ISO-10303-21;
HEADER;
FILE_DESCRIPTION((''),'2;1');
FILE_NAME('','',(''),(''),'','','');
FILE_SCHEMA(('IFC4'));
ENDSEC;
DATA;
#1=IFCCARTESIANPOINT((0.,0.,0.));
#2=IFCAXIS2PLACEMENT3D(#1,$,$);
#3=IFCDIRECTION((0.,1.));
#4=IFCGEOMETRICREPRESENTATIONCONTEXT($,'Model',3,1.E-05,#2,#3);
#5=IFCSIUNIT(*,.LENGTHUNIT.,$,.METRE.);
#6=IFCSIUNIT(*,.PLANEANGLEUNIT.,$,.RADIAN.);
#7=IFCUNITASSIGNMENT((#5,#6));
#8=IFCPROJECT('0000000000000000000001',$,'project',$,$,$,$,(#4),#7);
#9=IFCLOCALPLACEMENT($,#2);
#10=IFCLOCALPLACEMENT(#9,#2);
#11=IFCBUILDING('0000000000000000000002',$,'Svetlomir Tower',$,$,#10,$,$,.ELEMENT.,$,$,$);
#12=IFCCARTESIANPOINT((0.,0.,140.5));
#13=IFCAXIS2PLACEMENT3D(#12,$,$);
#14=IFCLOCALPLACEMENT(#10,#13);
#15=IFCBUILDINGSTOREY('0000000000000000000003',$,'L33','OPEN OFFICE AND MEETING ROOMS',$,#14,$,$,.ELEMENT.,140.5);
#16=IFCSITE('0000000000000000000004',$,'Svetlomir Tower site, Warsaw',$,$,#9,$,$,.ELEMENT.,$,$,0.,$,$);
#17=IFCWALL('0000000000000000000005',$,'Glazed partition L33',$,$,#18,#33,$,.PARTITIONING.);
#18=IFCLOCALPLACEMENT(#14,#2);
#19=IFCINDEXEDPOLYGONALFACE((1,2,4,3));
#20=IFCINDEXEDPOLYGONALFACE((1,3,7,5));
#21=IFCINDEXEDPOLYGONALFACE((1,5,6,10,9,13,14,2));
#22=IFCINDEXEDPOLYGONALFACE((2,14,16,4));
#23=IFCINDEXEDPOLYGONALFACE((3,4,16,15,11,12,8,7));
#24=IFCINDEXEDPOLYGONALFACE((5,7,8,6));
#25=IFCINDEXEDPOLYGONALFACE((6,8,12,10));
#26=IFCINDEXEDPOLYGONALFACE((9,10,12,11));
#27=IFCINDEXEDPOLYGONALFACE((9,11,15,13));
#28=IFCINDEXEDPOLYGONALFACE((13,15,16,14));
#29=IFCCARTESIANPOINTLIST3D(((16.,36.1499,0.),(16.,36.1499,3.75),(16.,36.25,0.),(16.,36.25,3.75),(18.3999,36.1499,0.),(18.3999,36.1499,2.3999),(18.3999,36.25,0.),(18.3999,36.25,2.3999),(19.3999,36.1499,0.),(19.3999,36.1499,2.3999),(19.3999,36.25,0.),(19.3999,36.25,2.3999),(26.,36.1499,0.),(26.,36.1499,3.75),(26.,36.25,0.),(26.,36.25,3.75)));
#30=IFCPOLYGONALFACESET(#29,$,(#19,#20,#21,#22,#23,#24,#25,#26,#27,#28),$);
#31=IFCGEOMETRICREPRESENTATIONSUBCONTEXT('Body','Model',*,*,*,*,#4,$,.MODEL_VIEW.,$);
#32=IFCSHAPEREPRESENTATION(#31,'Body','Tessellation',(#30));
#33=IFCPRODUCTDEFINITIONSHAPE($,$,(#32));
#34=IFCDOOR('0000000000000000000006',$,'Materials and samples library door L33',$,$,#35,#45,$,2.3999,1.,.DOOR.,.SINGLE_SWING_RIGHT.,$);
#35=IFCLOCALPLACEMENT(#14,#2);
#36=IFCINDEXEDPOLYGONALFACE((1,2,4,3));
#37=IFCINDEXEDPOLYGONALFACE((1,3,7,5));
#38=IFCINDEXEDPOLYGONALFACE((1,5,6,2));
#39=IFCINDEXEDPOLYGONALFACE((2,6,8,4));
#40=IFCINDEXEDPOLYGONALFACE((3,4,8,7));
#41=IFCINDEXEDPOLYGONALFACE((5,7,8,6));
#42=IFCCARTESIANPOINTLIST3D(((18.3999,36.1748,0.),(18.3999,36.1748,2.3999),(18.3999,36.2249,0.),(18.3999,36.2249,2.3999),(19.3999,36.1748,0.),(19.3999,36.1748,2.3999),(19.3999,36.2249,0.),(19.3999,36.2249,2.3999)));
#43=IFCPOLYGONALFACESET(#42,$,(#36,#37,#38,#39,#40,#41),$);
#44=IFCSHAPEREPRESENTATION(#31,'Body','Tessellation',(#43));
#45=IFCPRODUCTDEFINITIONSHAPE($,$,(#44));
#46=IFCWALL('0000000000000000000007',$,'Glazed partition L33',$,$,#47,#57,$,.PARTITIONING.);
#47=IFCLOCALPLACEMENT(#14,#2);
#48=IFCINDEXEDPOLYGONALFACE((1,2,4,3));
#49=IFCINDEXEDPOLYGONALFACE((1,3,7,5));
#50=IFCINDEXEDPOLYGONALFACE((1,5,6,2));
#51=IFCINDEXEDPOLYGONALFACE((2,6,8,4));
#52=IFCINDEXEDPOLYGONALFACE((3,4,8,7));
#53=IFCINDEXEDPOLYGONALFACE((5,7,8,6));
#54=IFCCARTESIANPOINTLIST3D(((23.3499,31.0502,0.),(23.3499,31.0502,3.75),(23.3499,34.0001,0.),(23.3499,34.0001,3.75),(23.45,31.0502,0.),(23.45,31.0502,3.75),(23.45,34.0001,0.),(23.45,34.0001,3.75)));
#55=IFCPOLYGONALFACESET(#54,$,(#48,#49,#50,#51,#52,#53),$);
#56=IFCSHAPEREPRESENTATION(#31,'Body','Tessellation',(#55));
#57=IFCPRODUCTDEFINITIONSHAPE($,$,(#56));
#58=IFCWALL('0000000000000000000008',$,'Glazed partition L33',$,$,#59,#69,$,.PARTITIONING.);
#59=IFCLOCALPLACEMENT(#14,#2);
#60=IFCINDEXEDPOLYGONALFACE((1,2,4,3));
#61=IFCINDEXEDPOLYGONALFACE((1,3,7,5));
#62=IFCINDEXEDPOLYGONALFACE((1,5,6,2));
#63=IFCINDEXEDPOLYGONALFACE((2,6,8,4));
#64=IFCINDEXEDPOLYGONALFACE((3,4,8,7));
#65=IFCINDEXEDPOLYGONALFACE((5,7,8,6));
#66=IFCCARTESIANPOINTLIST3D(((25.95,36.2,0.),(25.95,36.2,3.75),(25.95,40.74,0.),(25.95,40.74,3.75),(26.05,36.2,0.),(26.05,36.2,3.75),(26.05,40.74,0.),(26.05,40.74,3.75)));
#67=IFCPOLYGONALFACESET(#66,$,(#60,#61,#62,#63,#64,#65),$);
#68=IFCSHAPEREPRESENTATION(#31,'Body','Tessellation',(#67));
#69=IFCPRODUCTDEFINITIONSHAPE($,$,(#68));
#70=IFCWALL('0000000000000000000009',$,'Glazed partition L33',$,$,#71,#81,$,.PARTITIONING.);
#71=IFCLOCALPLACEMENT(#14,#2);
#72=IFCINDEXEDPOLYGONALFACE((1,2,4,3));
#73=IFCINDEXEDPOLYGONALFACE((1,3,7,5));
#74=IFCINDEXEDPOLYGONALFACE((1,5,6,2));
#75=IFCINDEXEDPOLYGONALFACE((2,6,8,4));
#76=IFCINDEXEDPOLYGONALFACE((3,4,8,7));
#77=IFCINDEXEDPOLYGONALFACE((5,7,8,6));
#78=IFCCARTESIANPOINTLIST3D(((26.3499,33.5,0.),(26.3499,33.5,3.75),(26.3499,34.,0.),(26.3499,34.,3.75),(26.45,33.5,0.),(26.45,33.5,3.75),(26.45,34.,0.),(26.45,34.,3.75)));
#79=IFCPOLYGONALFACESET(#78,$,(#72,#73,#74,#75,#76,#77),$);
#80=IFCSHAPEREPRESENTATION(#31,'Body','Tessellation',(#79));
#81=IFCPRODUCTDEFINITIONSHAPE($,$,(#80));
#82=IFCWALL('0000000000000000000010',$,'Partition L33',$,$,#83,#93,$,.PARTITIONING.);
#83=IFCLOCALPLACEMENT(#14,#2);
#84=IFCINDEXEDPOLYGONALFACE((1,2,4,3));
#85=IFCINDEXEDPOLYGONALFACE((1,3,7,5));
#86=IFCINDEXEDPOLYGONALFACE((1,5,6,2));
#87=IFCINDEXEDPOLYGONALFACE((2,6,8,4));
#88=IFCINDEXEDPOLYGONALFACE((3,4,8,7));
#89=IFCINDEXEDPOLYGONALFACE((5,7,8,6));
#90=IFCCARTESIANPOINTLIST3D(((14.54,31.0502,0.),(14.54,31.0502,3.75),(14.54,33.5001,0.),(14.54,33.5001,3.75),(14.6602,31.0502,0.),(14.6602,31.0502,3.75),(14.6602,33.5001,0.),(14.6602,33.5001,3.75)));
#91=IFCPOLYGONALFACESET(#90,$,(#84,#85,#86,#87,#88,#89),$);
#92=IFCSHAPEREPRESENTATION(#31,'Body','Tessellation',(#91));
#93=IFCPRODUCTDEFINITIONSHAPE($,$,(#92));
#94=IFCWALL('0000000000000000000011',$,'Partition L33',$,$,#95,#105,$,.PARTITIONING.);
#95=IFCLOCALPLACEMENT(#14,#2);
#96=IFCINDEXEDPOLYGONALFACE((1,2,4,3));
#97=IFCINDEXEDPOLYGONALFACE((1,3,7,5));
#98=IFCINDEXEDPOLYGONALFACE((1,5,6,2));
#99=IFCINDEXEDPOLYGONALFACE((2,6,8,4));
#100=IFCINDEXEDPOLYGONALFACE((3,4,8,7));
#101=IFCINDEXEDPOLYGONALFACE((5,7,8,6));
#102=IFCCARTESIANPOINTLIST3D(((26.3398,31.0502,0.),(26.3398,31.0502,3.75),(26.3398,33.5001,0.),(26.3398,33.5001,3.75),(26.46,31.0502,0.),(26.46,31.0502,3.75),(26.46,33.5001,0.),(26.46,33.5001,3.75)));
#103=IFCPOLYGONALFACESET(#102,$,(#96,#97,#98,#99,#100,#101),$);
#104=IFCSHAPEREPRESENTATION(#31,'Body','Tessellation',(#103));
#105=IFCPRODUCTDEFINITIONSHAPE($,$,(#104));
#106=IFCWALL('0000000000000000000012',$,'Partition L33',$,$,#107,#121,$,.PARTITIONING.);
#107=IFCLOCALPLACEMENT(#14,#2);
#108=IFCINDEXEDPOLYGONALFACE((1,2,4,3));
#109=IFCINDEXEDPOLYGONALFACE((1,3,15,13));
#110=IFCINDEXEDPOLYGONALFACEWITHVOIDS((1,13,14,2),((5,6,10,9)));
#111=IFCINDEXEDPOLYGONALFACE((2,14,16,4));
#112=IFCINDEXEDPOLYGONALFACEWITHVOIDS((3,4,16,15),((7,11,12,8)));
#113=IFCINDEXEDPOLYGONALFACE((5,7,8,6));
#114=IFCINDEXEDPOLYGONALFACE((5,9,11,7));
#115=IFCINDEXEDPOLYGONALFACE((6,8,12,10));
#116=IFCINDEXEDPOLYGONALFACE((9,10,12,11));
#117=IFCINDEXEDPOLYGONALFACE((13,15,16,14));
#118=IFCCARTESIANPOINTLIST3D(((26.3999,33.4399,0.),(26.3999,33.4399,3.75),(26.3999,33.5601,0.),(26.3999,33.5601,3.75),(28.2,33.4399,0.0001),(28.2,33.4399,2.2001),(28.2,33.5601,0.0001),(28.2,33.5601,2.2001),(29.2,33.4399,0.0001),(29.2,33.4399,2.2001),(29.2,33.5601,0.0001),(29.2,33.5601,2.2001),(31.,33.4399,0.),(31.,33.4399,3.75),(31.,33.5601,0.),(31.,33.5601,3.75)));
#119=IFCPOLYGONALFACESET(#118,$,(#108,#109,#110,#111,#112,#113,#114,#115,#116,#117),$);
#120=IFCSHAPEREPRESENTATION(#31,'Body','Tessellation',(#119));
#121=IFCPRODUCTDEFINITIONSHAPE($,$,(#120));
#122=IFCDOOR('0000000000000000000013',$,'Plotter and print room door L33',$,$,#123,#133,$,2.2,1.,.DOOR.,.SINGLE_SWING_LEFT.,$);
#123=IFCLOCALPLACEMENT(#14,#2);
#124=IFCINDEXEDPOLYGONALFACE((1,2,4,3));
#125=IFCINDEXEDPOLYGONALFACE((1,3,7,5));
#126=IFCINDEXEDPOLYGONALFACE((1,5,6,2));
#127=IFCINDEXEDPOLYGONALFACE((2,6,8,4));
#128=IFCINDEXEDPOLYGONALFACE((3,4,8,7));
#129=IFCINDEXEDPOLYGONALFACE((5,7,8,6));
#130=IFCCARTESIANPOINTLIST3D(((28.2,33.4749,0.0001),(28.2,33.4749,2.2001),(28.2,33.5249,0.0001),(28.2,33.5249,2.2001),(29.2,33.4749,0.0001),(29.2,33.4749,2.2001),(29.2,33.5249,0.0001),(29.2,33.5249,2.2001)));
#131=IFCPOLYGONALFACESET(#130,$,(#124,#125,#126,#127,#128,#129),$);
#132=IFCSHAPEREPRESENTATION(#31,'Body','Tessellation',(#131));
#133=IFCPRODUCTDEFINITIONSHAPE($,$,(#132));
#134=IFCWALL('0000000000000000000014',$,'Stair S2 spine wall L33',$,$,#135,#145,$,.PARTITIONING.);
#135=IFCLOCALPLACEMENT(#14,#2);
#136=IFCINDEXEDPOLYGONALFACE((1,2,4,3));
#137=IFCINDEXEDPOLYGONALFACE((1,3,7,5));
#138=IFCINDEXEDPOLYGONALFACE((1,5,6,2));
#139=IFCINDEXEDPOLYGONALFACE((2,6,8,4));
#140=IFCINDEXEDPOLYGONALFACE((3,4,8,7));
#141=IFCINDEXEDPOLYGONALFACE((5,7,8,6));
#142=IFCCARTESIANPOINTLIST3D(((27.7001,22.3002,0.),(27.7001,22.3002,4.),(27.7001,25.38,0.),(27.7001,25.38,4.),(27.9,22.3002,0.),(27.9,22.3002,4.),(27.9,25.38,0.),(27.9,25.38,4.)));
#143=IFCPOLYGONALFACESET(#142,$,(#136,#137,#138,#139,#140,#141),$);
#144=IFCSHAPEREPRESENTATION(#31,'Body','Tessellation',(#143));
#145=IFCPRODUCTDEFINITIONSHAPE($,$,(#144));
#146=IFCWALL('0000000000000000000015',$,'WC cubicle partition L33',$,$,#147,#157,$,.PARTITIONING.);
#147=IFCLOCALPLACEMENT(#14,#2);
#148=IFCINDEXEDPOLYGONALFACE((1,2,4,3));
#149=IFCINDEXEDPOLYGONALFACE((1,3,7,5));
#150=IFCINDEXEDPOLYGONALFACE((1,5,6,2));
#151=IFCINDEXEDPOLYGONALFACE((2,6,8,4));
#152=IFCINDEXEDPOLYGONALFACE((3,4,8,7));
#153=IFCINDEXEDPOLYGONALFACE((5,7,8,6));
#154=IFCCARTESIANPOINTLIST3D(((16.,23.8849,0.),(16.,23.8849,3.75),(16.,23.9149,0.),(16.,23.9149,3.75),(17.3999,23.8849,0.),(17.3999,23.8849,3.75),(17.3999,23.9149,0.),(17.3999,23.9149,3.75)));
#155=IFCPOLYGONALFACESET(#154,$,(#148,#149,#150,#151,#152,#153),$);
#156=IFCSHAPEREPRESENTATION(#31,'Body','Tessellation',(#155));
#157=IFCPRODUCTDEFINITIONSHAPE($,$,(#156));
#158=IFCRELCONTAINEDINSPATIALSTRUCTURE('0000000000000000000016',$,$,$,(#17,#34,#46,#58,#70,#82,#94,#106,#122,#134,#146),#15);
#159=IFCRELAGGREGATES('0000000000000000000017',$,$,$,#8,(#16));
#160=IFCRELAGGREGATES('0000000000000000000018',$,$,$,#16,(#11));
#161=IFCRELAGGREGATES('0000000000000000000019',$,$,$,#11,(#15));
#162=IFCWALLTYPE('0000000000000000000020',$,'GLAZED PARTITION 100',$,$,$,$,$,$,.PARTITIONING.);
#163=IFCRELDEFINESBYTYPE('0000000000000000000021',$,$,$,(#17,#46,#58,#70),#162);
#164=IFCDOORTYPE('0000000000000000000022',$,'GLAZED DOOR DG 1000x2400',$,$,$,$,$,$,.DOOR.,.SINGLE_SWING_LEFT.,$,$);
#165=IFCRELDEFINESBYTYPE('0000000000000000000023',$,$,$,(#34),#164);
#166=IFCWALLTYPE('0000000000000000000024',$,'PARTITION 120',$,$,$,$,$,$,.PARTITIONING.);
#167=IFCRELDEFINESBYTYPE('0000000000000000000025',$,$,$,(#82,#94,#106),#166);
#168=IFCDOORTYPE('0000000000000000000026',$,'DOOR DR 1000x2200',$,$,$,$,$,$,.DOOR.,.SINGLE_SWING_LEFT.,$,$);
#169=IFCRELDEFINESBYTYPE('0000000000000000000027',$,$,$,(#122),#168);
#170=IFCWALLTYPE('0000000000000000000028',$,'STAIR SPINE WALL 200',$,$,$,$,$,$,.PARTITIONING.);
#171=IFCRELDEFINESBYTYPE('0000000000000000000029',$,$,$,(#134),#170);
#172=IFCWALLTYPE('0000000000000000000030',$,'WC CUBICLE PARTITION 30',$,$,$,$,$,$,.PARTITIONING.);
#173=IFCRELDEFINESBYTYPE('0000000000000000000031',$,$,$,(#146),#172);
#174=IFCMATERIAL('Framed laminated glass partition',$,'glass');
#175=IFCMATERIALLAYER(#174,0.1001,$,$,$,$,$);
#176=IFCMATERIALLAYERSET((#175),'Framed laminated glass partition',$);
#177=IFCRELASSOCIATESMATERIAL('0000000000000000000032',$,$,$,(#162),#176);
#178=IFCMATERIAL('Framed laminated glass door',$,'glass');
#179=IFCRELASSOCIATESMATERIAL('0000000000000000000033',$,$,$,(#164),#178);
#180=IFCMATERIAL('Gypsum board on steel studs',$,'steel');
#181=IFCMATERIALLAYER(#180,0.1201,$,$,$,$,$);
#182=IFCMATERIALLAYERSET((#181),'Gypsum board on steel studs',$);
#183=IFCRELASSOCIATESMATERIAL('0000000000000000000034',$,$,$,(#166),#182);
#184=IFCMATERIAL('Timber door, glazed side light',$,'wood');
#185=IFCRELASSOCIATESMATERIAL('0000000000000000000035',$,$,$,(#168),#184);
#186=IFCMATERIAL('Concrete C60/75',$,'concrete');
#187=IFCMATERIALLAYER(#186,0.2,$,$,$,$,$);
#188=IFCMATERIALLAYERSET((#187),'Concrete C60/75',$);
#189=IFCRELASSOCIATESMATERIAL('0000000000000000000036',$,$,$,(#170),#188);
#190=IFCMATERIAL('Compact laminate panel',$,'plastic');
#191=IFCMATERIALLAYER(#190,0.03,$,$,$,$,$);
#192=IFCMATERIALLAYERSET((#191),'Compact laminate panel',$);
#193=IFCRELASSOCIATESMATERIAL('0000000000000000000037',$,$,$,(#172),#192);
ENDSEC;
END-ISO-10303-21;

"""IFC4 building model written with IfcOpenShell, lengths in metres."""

from ifc_helpers import new_model, si_unit, direction, frame, frame_2d, origin, place, context, subcontext, project, spatial, rectangle, extrude, material, layer, layer_set, type_object, element, fill, save


model = new_model("IFC4")

# Units and contexts
model_context = context("Model", 3, precision=1e-05, world=origin(), true_north=direction((0.0, 1.0)))
body_context = subcontext(model_context, "Body", "Model", "MODEL_VIEW")
ifc_project = project(units=[si_unit("LENGTHUNIT", "METRE"), si_unit("PLANEANGLEUNIT", "RADIAN")], contexts=[model_context])

# Site, building, storey
site_placement = place(None, origin())
site = spatial("IfcSite", under=ifc_project, at=site_placement, Name="Svetlomir Tower site, Warsaw", CompositionType="ELEMENT", RefElevation=0.0)
building_placement = place(site_placement, origin())
building = spatial("IfcBuilding", under=site, at=building_placement, Name="Svetlomir Tower", CompositionType="ELEMENT")
storey_placement = place(building_placement, frame((0.0, 0.0, 140.5)))
storey = spatial("IfcBuildingStorey", under=building, at=storey_placement, Name="L33", Description="OPEN OFFICE AND MEETING ROOMS", CompositionType="ELEMENT", Elevation=140.5)

# Shared definitions
ifc_material_1 = material(Name="Framed laminated glass partition", Category="glass")
ifc_layer_1 = layer(ifc_material_1, 0.1001)
ifc_layer_set_1 = layer_set([ifc_layer_1], Name="Framed laminated glass partition")
wall_type_1 = type_object("IfcWallType", Name="GLAZED PARTITION 100", PredefinedType="PARTITIONING", material=ifc_layer_set_1)

# Wall, opening, door
wall_1_placement = place(storey_placement, frame((16.0, 36.2, 0.0), z_axis=(0.0, 0.0, 1.0), x_axis=(1.0, 0.0, 0.0)))
wall_1 = element("IfcWall", 1, at=wall_1_placement, inside=storey, type_object=wall_type_1, Name="Glazed partition L33", PredefinedType="PARTITIONING", context=body_context, shape_type="SweptSolid", body=[
    extrude(rectangle(XDim=10.0, YDim=0.1001, at=frame_2d((5.0, 0.0))), origin(), (0.0, 0.0, 1.0), 3.75),
])
opening_1_placement = place(wall_1_placement, frame((2.3999, 0.0, 0.0)))
opening_1 = element("IfcOpeningElement", 2, at=opening_1_placement, cuts=wall_1, PredefinedType="OPENING", context=body_context, shape_type="SweptSolid", body=[
    extrude(rectangle(XDim=1.0, YDim=2.3999, at=frame_2d((0.5, 1.2))), frame((0.0, 0.0601, 0.0), z_axis=(0.0, -1.0, 0.0), x_axis=(1.0, 0.0, 0.0)), (0.0, 0.0, 1.0), 0.1201),
])
ifc_material_2 = material(Name="Framed laminated glass door", Category="glass")
door_type_1 = type_object("IfcDoorType", Name="GLAZED DOOR DG 1000x2400", OperationType="SINGLE_SWING_LEFT", PredefinedType="DOOR", material=ifc_material_2)
door_1_placement = place(opening_1_placement, origin())
door_1 = element("IfcDoor", 3, at=door_1_placement, inside=storey, type_object=door_type_1, Name="Materials and samples library door L33", OperationType="SINGLE_SWING_RIGHT", OverallHeight=2.3999, OverallWidth=1.0, PredefinedType="DOOR", context=body_context, shape_type="SweptSolid", body=[
    extrude(rectangle(XDim=1.0, YDim=2.3999, at=frame_2d((0.5, 1.2))), frame((0.0, 0.0249, 0.0), z_axis=(0.0, -1.0, 0.0), x_axis=(1.0, 0.0, 0.0)), (0.0, 0.0, 1.0), 0.05),
])
fill(opening_1, door_1)

# Wall
wall_2_placement = place(storey_placement, frame((23.3999, 31.05, 0.0), z_axis=(0.0, 0.0, 1.0), x_axis=(0.0, 1.0, 0.0)))
element("IfcWall", 4, at=wall_2_placement, inside=storey, type_object=wall_type_1, Name="Glazed partition L33", PredefinedType="PARTITIONING", context=body_context, shape_type="SweptSolid", body=[
    extrude(rectangle(XDim=2.95, YDim=0.1001, at=frame_2d((1.4751, 0.0))), origin(), (0.0, 0.0, 1.0), 3.75),
])

# Walls
wall_3_placement = place(storey_placement, frame((26.0, 36.2, 0.0), z_axis=(0.0, 0.0, 1.0), x_axis=(0.0, 1.0, 0.0)))
element("IfcWall", 5, at=wall_3_placement, inside=storey, type_object=wall_type_1, Name="Glazed partition L33", PredefinedType="PARTITIONING", context=body_context, shape_type="SweptSolid", body=[
    extrude(rectangle(XDim=4.54, YDim=0.1001, at=frame_2d((2.27, 0.0))), origin(), (0.0, 0.0, 1.0), 3.75),
])
wall_4_placement = place(storey_placement, frame((26.3999, 33.5, 0.0), z_axis=(0.0, 0.0, 1.0), x_axis=(0.0, 1.0, 0.0)))
element("IfcWall", 6, at=wall_4_placement, inside=storey, type_object=wall_type_1, Name="Glazed partition L33", PredefinedType="PARTITIONING", context=body_context, shape_type="SweptSolid", body=[
    extrude(rectangle(XDim=0.5, YDim=0.1001, at=frame_2d((0.25, 0.0))), origin(), (0.0, 0.0, 1.0), 3.75),
])
ifc_material_3 = material(Name="Gypsum board on steel studs", Category="steel")
ifc_layer_2 = layer(ifc_material_3, 0.1201)
ifc_layer_set_2 = layer_set([ifc_layer_2], Name="Gypsum board on steel studs")
wall_type_2 = type_object("IfcWallType", Name="PARTITION 120", PredefinedType="PARTITIONING", material=ifc_layer_set_2)
for number, where, z_axis, x_axis, name in (
    (7, (14.6001, 31.05, 0.0), (0.0, 0.0, 1.0), (0.0, 1.0, 0.0), "Partition L33"),
    (8, (26.3999, 31.05, 0.0), (0.0, 0.0, 1.0), (0.0, 1.0, 0.0), "Partition L33"),
):
    element("IfcWall", number, at=place(storey_placement, frame(where, z_axis=z_axis, x_axis=x_axis)), inside=storey, type_object=wall_type_2, Name=name, PredefinedType="PARTITIONING", context=body_context, shape_type="SweptSolid", body=[
        extrude(rectangle(XDim=2.45, YDim=0.1201, at=frame_2d((1.2251, 0.0))), origin(), (0.0, 0.0, 1.0), 3.75),
    ])

# Wall, opening, door
wall_5_placement = place(storey_placement, frame((26.3999, 33.5, 0.0), z_axis=(0.0, 0.0, 1.0), x_axis=(1.0, 0.0, 0.0)))
wall_5 = element("IfcWall", 9, at=wall_5_placement, inside=storey, type_object=wall_type_2, Name="Partition L33", PredefinedType="PARTITIONING", context=body_context, shape_type="SweptSolid", body=[
    extrude(rectangle(XDim=4.6001, YDim=0.1201, at=frame_2d((2.3, 0.0))), origin(), (0.0, 0.0, 1.0), 3.75),
])
opening_2_placement = place(wall_5_placement, frame((1.8, 0.0, 0.0)))
opening_2 = element("IfcOpeningElement", 10, at=opening_2_placement, cuts=wall_5, PredefinedType="OPENING", context=body_context, shape_type="SweptSolid", body=[
    extrude(rectangle(XDim=1.0, YDim=2.2, at=frame_2d((0.5, 1.1001))), frame((0.0, 0.0701, 0.0), z_axis=(0.0, -1.0, 0.0), x_axis=(1.0, 0.0, 0.0)), (0.0, 0.0, 1.0), 0.1401),
])
ifc_material_4 = material(Name="Timber door, glazed side light", Category="wood")
door_type_2 = type_object("IfcDoorType", Name="DOOR DR 1000x2200", OperationType="SINGLE_SWING_LEFT", PredefinedType="DOOR", material=ifc_material_4)
door_2_placement = place(opening_2_placement, origin())
door_2 = element("IfcDoor", 11, at=door_2_placement, inside=storey, type_object=door_type_2, Name="Plotter and print room door L33", OperationType="SINGLE_SWING_LEFT", OverallHeight=2.2, OverallWidth=1.0, PredefinedType="DOOR", context=body_context, shape_type="SweptSolid", body=[
    extrude(rectangle(XDim=1.0, YDim=2.2, at=frame_2d((0.5, 1.1001))), frame((0.0, 0.0249, 0.0), z_axis=(0.0, -1.0, 0.0), x_axis=(1.0, 0.0, 0.0)), (0.0, 0.0, 1.0), 0.05),
])
fill(opening_2, door_2)

# Walls
ifc_material_5 = material(Name="Concrete C60/75", Category="concrete")
ifc_layer_3 = layer(ifc_material_5, 0.2)
ifc_layer_set_3 = layer_set([ifc_layer_3], Name="Concrete C60/75")
wall_type_3 = type_object("IfcWallType", Name="STAIR SPINE WALL 200", PredefinedType="PARTITIONING", material=ifc_layer_set_3)
wall_6_placement = place(storey_placement, frame((27.8, 22.3, 0.0), z_axis=(0.0, 0.0, 1.0), x_axis=(0.0, 1.0, 0.0)))
element("IfcWall", 12, at=wall_6_placement, inside=storey, type_object=wall_type_3, Name="Stair S2 spine wall L33", PredefinedType="PARTITIONING", context=body_context, shape_type="SweptSolid", body=[
    extrude(rectangle(XDim=3.0798, YDim=0.2, at=frame_2d((1.54, 0.0))), origin(), (0.0, 0.0, 1.0), 4.0),
])
ifc_material_6 = material(Name="Compact laminate panel", Category="plastic")
ifc_layer_4 = layer(ifc_material_6, 0.03)
ifc_layer_set_4 = layer_set([ifc_layer_4], Name="Compact laminate panel")
wall_type_4 = type_object("IfcWallType", Name="WC CUBICLE PARTITION 30", PredefinedType="PARTITIONING", material=ifc_layer_set_4)
wall_7_placement = place(storey_placement, frame((16.0, 23.8999, 0.0), z_axis=(0.0, 0.0, 1.0), x_axis=(1.0, 0.0, 0.0)))
element("IfcWall", 13, at=wall_7_placement, inside=storey, type_object=wall_type_4, Name="WC cubicle partition L33", PredefinedType="PARTITIONING", context=body_context, shape_type="SweptSolid", body=[
    extrude(rectangle(XDim=1.3999, YDim=0.03, at=frame_2d((0.7, 0.0))), origin(), (0.0, 0.0, 1.0), 3.75),
])

save(model, "model.ifc")
